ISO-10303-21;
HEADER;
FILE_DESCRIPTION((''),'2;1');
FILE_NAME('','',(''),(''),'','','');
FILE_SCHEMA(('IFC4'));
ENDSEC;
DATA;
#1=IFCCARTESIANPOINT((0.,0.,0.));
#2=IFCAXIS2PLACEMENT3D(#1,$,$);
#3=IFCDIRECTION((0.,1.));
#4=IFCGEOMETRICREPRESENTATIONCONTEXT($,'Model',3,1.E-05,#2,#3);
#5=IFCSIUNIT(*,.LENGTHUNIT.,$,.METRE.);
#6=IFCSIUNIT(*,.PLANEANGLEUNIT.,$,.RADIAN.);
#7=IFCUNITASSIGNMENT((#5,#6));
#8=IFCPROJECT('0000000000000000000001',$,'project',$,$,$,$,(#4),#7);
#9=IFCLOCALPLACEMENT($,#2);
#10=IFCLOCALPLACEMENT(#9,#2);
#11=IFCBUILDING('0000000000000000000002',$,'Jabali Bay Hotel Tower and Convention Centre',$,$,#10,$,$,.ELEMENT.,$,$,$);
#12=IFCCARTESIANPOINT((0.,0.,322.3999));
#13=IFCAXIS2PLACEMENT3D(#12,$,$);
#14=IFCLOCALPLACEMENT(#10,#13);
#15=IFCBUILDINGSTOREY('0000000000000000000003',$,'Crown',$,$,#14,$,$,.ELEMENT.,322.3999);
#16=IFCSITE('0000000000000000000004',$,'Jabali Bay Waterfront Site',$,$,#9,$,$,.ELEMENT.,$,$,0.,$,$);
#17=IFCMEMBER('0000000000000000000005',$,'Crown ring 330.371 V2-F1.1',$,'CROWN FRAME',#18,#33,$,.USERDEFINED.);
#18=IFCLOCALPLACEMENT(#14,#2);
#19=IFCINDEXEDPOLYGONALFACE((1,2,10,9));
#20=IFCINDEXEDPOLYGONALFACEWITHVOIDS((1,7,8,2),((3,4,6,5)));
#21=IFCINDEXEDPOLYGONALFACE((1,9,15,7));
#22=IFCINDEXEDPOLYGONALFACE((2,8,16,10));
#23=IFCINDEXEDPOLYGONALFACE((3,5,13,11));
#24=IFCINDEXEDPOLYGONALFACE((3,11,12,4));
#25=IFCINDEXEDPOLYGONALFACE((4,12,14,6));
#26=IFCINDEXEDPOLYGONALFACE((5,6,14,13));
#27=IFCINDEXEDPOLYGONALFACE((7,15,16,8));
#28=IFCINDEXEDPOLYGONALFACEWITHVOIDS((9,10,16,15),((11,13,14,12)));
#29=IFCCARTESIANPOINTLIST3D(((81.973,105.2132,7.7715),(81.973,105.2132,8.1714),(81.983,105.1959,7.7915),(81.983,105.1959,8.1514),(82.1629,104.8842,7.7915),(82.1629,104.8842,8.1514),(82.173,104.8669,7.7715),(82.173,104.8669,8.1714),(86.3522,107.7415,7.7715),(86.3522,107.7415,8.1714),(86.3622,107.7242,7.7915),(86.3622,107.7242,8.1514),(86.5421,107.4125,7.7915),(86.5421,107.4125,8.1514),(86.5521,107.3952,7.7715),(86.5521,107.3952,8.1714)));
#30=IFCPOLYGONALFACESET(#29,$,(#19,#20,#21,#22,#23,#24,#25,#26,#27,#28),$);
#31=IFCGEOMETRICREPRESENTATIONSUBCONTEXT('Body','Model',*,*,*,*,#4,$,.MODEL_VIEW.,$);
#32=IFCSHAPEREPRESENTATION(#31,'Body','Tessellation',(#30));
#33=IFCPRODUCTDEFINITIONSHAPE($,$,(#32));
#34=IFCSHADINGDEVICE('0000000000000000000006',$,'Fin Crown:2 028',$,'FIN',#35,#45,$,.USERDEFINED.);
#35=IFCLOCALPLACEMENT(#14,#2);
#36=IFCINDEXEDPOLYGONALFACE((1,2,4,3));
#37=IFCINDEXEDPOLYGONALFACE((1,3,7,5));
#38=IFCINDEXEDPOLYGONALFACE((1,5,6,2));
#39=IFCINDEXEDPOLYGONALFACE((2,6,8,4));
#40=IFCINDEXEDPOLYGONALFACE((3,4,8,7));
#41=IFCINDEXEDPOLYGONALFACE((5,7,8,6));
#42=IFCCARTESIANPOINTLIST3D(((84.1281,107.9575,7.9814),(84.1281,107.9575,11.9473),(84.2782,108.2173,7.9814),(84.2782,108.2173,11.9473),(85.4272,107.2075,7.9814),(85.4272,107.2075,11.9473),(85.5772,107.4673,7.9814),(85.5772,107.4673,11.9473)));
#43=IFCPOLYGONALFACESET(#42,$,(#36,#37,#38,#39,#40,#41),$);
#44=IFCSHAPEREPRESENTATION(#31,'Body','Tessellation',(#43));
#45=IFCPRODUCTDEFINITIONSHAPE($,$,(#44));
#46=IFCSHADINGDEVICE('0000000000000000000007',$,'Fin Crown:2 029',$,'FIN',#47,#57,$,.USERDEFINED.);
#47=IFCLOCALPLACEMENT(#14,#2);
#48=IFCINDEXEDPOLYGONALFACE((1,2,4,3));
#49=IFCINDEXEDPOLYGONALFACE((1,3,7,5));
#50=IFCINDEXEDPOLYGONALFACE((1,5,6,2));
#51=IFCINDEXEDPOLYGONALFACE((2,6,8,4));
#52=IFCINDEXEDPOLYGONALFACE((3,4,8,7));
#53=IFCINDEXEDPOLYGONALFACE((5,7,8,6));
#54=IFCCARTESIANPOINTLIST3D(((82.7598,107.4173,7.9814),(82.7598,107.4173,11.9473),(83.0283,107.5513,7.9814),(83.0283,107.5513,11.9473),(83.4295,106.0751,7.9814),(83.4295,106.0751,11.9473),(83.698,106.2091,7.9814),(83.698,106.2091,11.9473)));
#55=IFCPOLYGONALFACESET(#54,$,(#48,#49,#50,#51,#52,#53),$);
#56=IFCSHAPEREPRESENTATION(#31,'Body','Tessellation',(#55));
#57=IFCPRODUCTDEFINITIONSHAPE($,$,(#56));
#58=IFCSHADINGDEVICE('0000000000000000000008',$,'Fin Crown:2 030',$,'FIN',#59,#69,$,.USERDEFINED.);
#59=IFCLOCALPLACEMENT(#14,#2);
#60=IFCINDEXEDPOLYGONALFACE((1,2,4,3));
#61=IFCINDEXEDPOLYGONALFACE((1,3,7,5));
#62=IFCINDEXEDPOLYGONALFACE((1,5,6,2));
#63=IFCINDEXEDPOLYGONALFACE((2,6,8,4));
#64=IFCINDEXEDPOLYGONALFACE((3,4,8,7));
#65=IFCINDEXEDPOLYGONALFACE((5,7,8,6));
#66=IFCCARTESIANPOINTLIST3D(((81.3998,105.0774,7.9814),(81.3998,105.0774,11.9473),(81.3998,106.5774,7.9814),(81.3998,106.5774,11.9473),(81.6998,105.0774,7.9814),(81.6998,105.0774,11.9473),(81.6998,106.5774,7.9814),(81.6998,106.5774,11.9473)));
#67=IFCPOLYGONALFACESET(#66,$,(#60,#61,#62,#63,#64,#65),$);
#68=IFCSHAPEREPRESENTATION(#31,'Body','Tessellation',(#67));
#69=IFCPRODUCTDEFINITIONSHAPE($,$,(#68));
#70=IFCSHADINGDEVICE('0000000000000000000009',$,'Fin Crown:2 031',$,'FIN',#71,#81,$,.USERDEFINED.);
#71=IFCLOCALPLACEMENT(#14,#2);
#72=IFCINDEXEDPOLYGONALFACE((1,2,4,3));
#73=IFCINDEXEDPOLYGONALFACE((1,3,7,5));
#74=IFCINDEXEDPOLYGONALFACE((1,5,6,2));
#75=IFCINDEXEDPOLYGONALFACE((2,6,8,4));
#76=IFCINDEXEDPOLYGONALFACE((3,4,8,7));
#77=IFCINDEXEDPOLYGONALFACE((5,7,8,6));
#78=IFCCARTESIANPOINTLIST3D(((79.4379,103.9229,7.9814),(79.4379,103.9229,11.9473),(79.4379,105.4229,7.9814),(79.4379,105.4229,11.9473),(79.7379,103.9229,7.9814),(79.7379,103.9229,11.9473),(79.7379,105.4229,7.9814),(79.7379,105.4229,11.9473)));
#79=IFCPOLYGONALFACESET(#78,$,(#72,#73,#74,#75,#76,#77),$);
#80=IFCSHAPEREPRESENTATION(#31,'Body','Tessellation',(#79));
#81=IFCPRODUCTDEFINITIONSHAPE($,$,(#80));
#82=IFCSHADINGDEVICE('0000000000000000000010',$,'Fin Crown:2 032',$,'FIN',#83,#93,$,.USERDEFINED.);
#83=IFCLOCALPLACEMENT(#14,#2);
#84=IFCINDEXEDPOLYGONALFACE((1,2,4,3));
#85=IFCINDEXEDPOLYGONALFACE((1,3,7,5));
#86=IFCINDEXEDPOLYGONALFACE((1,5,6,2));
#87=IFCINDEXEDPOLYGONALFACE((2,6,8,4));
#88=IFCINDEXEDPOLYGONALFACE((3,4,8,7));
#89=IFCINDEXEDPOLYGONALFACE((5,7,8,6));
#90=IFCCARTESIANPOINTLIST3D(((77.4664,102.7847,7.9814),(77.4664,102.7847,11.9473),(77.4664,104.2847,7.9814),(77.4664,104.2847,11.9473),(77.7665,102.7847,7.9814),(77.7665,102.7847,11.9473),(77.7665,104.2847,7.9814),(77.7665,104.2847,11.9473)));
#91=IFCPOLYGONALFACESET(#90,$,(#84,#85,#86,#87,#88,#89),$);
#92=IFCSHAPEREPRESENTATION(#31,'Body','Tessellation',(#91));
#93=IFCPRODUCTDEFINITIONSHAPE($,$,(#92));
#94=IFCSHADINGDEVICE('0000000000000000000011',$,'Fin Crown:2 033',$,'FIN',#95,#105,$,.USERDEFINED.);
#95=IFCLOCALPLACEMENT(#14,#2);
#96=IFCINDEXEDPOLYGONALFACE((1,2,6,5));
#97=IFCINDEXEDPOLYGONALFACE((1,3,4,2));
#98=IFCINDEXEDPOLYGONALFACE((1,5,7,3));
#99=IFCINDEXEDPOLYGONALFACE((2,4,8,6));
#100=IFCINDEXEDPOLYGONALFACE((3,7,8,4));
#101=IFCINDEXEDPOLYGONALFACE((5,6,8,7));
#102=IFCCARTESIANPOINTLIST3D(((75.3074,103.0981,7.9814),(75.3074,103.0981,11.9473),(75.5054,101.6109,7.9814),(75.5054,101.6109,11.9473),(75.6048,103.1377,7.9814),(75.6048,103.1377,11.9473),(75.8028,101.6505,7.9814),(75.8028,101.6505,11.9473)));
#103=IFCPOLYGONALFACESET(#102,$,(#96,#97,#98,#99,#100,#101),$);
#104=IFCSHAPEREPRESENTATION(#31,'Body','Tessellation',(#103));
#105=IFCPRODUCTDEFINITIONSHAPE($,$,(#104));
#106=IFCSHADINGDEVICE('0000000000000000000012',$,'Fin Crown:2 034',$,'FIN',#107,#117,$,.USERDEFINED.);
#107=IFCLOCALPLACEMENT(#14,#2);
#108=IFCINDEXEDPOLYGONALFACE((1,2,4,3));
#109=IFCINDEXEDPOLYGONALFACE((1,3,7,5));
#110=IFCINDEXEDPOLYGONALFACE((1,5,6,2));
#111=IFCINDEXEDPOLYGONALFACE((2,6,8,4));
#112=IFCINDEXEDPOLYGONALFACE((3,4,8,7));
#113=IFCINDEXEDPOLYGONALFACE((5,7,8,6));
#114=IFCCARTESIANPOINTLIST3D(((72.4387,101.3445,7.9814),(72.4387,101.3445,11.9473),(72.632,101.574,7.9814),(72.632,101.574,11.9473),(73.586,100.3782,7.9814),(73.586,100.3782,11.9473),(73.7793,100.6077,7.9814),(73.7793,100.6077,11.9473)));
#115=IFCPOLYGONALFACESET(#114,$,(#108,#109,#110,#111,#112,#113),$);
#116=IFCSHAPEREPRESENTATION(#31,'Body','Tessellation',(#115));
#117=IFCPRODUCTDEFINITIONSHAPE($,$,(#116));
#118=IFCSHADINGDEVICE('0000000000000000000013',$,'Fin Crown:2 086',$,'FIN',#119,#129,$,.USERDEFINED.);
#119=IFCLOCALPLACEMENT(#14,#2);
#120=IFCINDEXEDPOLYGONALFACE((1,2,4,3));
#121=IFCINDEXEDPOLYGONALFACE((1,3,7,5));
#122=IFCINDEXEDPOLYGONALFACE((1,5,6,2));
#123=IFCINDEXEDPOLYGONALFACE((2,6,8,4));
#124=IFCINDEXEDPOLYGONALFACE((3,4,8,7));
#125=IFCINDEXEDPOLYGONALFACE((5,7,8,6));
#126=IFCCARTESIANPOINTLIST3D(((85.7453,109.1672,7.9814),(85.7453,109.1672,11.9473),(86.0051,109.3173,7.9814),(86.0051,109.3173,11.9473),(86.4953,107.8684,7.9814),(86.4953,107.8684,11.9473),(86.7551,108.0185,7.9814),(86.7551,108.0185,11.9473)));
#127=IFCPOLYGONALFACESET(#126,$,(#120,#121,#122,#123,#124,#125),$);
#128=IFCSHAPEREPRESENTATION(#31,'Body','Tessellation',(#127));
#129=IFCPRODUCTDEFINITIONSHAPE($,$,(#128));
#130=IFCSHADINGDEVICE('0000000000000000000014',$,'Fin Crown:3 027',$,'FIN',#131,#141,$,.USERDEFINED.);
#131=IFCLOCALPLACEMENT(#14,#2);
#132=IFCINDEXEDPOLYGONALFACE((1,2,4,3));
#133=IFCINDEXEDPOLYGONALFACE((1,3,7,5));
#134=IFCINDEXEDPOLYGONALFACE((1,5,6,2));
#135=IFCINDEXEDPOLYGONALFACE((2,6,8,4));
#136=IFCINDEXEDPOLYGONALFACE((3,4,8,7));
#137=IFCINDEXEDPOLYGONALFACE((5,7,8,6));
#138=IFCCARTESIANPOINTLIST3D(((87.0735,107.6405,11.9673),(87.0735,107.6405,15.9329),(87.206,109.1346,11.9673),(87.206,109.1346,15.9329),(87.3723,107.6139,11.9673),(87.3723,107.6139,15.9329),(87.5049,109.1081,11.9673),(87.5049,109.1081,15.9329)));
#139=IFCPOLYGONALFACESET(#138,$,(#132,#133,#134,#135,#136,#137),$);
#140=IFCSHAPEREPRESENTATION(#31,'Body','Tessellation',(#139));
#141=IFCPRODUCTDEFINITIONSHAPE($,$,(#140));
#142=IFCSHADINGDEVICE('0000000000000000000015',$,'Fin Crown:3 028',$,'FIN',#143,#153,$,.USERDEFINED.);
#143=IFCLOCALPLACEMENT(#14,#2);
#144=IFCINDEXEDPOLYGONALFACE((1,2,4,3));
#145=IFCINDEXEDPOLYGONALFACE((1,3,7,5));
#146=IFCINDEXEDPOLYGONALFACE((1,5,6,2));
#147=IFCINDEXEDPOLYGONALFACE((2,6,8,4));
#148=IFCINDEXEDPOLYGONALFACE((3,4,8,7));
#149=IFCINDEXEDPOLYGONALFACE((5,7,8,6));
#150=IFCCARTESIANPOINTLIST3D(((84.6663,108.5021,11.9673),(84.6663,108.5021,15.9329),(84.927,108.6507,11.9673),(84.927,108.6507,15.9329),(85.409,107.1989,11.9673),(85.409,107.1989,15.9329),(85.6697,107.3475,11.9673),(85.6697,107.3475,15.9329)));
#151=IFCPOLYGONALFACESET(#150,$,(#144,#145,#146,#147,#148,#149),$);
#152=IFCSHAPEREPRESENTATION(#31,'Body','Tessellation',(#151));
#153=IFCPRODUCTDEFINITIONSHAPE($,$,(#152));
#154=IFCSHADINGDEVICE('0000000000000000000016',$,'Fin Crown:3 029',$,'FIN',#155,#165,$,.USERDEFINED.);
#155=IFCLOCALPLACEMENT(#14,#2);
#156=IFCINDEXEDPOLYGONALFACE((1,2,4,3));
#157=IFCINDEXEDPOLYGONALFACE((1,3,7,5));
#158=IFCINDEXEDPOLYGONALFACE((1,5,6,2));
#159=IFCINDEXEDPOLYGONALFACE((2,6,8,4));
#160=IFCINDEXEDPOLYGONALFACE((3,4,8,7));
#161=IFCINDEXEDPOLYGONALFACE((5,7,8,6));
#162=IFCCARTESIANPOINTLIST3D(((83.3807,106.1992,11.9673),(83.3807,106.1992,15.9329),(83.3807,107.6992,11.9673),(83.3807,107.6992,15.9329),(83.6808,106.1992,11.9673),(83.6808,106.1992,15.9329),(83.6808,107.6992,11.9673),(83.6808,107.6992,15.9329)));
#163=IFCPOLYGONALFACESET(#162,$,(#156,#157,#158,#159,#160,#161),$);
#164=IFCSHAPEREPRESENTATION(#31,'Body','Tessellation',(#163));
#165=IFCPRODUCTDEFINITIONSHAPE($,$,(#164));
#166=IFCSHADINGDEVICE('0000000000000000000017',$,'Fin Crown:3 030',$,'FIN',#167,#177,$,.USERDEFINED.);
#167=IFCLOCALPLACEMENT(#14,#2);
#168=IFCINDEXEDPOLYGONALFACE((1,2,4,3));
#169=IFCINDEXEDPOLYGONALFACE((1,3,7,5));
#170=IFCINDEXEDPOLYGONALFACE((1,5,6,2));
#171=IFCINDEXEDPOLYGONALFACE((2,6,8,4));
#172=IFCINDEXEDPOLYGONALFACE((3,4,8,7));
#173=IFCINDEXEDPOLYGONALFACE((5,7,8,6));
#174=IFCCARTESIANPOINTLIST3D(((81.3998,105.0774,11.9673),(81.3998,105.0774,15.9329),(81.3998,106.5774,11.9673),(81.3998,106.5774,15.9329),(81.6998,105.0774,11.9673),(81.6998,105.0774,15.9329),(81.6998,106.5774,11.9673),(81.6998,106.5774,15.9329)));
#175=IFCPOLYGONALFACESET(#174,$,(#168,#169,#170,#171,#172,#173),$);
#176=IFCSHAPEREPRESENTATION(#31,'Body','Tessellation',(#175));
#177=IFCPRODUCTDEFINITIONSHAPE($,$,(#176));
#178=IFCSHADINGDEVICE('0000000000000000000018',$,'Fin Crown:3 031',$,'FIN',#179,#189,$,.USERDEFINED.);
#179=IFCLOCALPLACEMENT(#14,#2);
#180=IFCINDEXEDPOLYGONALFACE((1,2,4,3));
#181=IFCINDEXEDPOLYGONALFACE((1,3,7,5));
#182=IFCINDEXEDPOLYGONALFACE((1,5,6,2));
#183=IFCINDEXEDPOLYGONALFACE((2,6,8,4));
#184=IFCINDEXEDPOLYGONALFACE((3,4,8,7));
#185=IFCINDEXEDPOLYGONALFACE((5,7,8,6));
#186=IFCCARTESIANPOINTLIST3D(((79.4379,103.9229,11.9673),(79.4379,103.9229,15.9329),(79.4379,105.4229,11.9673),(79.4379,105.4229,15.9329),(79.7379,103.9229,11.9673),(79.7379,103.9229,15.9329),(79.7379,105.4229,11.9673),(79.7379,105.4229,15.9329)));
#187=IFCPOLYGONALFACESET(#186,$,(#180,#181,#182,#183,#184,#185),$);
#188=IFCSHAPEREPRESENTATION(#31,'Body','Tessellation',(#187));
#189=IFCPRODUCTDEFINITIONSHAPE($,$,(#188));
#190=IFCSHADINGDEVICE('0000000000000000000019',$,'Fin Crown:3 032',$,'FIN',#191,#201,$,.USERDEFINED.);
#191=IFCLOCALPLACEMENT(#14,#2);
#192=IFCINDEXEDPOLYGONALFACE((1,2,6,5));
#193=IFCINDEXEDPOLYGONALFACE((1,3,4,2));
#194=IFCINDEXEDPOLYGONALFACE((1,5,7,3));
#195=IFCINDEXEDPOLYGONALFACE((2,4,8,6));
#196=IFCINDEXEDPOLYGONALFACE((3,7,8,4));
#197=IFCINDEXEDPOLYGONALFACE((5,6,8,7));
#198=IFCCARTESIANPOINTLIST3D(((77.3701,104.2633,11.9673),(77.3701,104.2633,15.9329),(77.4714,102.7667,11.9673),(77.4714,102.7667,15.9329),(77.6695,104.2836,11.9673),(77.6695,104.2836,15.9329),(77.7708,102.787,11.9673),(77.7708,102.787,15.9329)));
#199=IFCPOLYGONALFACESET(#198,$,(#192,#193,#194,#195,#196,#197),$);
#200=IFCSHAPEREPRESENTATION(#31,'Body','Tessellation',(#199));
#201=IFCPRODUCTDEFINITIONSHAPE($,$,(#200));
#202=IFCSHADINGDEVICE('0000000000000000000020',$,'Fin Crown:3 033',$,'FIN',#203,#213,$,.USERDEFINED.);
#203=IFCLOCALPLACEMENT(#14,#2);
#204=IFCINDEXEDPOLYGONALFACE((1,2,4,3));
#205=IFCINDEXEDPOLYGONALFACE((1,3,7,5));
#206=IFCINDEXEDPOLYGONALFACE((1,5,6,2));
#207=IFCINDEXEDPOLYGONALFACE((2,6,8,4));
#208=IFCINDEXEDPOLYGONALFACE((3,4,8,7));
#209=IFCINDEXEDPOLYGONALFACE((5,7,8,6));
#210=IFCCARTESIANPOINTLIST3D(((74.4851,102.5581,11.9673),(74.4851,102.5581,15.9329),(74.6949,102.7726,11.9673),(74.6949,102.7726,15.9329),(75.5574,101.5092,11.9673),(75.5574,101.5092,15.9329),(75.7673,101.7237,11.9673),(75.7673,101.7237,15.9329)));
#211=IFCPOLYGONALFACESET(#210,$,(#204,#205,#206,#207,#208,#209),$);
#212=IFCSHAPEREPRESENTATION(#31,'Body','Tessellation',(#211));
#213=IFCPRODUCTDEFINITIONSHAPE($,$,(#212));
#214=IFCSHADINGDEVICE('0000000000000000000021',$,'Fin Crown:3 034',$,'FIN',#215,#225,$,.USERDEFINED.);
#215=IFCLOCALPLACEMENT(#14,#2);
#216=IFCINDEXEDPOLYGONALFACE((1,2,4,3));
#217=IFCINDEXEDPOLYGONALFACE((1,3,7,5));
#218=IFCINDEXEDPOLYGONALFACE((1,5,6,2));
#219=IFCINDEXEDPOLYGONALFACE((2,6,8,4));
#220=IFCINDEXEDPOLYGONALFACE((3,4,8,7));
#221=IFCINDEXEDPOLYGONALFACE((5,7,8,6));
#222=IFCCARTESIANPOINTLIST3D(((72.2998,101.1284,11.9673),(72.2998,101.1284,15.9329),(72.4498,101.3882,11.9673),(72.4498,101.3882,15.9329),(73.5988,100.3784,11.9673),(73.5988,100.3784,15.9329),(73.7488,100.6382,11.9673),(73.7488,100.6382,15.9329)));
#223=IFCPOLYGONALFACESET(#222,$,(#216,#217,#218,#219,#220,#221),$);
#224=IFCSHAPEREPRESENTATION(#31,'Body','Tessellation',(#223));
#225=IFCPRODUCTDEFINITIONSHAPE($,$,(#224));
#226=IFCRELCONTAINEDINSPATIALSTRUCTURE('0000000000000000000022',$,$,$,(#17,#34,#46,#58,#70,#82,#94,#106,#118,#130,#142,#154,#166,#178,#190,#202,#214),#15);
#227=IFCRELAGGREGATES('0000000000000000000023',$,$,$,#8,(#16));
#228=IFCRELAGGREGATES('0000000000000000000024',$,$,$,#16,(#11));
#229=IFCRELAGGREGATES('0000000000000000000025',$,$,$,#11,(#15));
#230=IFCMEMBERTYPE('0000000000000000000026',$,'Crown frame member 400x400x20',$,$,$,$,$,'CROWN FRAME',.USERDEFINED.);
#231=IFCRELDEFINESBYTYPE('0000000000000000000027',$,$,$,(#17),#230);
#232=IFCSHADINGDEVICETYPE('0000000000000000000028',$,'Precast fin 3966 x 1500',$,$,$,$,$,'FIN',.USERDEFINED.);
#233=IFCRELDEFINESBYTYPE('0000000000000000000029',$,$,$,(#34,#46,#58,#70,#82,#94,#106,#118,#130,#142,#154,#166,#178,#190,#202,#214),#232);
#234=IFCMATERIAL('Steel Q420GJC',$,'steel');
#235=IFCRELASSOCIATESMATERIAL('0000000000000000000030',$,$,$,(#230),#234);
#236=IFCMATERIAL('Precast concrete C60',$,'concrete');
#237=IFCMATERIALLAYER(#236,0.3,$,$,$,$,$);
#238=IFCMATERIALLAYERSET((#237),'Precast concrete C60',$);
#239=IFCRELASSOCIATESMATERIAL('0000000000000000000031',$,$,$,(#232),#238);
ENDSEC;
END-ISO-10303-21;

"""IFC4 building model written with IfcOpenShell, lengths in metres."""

from ifc_helpers import new_model, si_unit, direction, frame, frame_2d, origin, origin_2d, place, context, subcontext, project, spatial, rectangle, hollow_rectangle, extrude, material, layer, layer_set, material_profile, profile_set, type_object, element, save


model = new_model("IFC4")

# Units and contexts
model_context = context("Model", 3, precision=1e-05, world=origin(), true_north=direction((0.0, 1.0)))
body_context = subcontext(model_context, "Body", "Model", "MODEL_VIEW")
ifc_project = project(units=[si_unit("LENGTHUNIT", "METRE"), si_unit("PLANEANGLEUNIT", "RADIAN")], contexts=[model_context])

# Site, building, storey
site_placement = place(None, origin())
site = spatial("IfcSite", under=ifc_project, at=site_placement, Name="Jabali Bay Waterfront Site", CompositionType="ELEMENT", RefElevation=0.0)
building_placement = place(site_placement, origin())
building = spatial("IfcBuilding", under=site, at=building_placement, Name="Jabali Bay Hotel Tower and Convention Centre", CompositionType="ELEMENT")
storey_placement = place(building_placement, frame((0.0, 0.0, 322.3999)))
storey = spatial("IfcBuildingStorey", under=building, at=storey_placement, Name="Crown", CompositionType="ELEMENT", Elevation=322.3999)

# Member
ifc_material_1 = material(Name="Steel Q420GJC", Category="steel")
ifc_material_profile_1 = material_profile(ifc_material_1, hollow_rectangle(XDim=0.3999, YDim=0.3999, WallThickness=0.02, at=origin_2d()), Name="Crown frame member 400x400x20")
ifc_profile_set_1 = profile_set([ifc_material_profile_1], Name="Steel Q420GJC")
member_type_1 = type_object("IfcMemberType", Name="Crown frame member 400x400x20", ElementType="CROWN FRAME", PredefinedType="USERDEFINED", material=ifc_profile_set_1)
member_1_placement = place(storey_placement, frame((86.4521, 107.5684, 7.9714), z_axis=(-0.866024, -0.500002, 0.0), x_axis=(0.500002, -0.866024, 0.0)))
element("IfcMember", 1, at=member_1_placement, inside=storey, type_object=member_type_1, Name="Crown ring 330.371 V2-F1.1", ObjectType="CROWN FRAME", PredefinedType="USERDEFINED", context=body_context, shape_type="SweptSolid", body=[
    extrude(hollow_rectangle(XDim=0.3999, YDim=0.3999, WallThickness=0.02, at=origin_2d()), origin(), (0.0, 0.0, 1.0), 5.0566),
])

# Shading devices
ifc_material_2 = material(Name="Precast concrete C60", Category="concrete")
ifc_layer = layer(ifc_material_2, 0.3)
ifc_layer_set = layer_set([ifc_layer], Name="Precast concrete C60")
shading_device_type = type_object("IfcShadingDeviceType", Name="Precast fin 3966 x 1500", ElementType="FIN", PredefinedType="USERDEFINED", material=ifc_layer_set)
for number, where, z_axis, x_axis, name in (
    (2, (85.5022, 107.3374, 7.9814), (0.0, 0.0, 1.0), (-0.866031, 0.49999, 0.0), "Fin Crown:2 028"),
    (3, (83.5637, 106.1421, 7.9814), (0.0, 0.0, 1.0), (-0.446432, 0.894817, 0.0), "Fin Crown:2 029"),
    (4, (81.5498, 105.0774, 7.9814), (0.0, 0.0, 1.0), (0.0, 1.0, 0.0), "Fin Crown:2 030"),
    (5, (79.5879, 103.9229, 7.9814), (0.0, 0.0, 1.0), (0.0, 1.0, 0.0), "Fin Crown:2 031"),
    (6, (77.6165, 102.7847, 7.9814), (0.0, 0.0, 1.0), (0.0, 1.0, 0.0), "Fin Crown:2 032"),
):
    element("IfcShadingDevice", number, at=place(storey_placement, frame(where, z_axis=z_axis, x_axis=x_axis)), inside=storey, type_object=shading_device_type, Name=name, ObjectType="FIN", PredefinedType="USERDEFINED", context=body_context, shape_type="SweptSolid", body=[
        extrude(rectangle(XDim=1.5, YDim=0.3, at=frame_2d((0.75, 0.0))), origin(), (0.0, 0.0, 1.0), 3.9658),
    ])
shading_device_1_placement = place(storey_placement, frame((75.6541, 101.6309, 7.9814), z_axis=(0.0, 0.0, 1.0), x_axis=(-0.131983, 0.991252, 0.0)))
element("IfcShadingDevice", 7, at=shading_device_1_placement, inside=storey, type_object=shading_device_type, Name="Fin Crown:2 033", ObjectType="FIN", PredefinedType="USERDEFINED", context=body_context, shape_type="SweptSolid", body=[
    extrude(rectangle(XDim=1.5002, YDim=0.3, at=frame_2d((0.75, 0.0))), origin(), (0.0, 0.0, 1.0), 3.9658),
])
shading_device_2_placement = place(storey_placement, frame((73.6826, 100.4929, 7.9814), z_axis=(0.0, 0.0, 1.0), x_axis=(-0.764835, 0.644226, 0.0)))
element("IfcShadingDevice", 8, at=shading_device_2_placement, inside=storey, type_object=shading_device_type, Name="Fin Crown:2 034", ObjectType="FIN", PredefinedType="USERDEFINED", context=body_context, shape_type="SweptSolid", body=[
    extrude(rectangle(XDim=1.5, YDim=0.3, at=frame_2d((0.75, 0.0))), origin(), (0.0, 0.0, 1.0), 3.9658),
])
shading_device_3_placement = place(storey_placement, frame((86.6252, 107.9434, 7.9814), z_axis=(0.0, 0.0, 1.0), x_axis=(-0.500061, 0.86599, 0.0)))
element("IfcShadingDevice", 9, at=shading_device_3_placement, inside=storey, type_object=shading_device_type, Name="Fin Crown:2 086", ObjectType="FIN", PredefinedType="USERDEFINED", context=body_context, shape_type="SweptSolid", body=[
    extrude(rectangle(XDim=1.4998, YDim=0.3, at=frame_2d((0.75, 0.0))), origin(), (0.0, 0.0, 1.0), 3.9658),
])
for number, where, z_axis, x_axis, name in (
    (10, (87.2229, 107.6272, 11.9673), (0.0, 0.0, 1.0), (0.088378, 0.996087, 0.0), "Fin Crown:3 027"),
    (11, (85.5393, 107.2732, 11.9673), (0.0, 0.0, 1.0), (-0.495122, 0.868823, 0.0), "Fin Crown:3 028"),
    (12, (83.5308, 106.1992, 11.9673), (0.0, 0.0, 1.0), (0.0, 1.0, 0.0), "Fin Crown:3 029"),
    (13, (81.5498, 105.0774, 11.9673), (0.0, 0.0, 1.0), (0.0, 1.0, 0.0), "Fin Crown:3 030"),
    (14, (79.5879, 103.9229, 11.9673), (0.0, 0.0, 1.0), (0.0, 1.0, 0.0), "Fin Crown:3 031"),
    (15, (77.6211, 102.7769, 11.9673), (0.0, 0.0, 1.0), (-0.067545, 0.997716, 0.0), "Fin Crown:3 032"),
    (16, (75.6624, 101.6165, 11.9673), (0.0, 0.0, 1.0), (-0.714876, 0.699251, 0.0), "Fin Crown:3 033"),
    (17, (73.6738, 100.5083, 11.9673), (0.0, 0.0, 1.0), (-0.866031, 0.49999, 0.0), "Fin Crown:3 034"),
):
    element("IfcShadingDevice", number, at=place(storey_placement, frame(where, z_axis=z_axis, x_axis=x_axis)), inside=storey, type_object=shading_device_type, Name=name, ObjectType="FIN", PredefinedType="USERDEFINED", context=body_context, shape_type="SweptSolid", body=[
        extrude(rectangle(XDim=1.5, YDim=0.3, at=frame_2d((0.75, 0.0))), origin(), (0.0, 0.0, 1.0), 3.9656),
    ])

save(model, "model.ifc")
